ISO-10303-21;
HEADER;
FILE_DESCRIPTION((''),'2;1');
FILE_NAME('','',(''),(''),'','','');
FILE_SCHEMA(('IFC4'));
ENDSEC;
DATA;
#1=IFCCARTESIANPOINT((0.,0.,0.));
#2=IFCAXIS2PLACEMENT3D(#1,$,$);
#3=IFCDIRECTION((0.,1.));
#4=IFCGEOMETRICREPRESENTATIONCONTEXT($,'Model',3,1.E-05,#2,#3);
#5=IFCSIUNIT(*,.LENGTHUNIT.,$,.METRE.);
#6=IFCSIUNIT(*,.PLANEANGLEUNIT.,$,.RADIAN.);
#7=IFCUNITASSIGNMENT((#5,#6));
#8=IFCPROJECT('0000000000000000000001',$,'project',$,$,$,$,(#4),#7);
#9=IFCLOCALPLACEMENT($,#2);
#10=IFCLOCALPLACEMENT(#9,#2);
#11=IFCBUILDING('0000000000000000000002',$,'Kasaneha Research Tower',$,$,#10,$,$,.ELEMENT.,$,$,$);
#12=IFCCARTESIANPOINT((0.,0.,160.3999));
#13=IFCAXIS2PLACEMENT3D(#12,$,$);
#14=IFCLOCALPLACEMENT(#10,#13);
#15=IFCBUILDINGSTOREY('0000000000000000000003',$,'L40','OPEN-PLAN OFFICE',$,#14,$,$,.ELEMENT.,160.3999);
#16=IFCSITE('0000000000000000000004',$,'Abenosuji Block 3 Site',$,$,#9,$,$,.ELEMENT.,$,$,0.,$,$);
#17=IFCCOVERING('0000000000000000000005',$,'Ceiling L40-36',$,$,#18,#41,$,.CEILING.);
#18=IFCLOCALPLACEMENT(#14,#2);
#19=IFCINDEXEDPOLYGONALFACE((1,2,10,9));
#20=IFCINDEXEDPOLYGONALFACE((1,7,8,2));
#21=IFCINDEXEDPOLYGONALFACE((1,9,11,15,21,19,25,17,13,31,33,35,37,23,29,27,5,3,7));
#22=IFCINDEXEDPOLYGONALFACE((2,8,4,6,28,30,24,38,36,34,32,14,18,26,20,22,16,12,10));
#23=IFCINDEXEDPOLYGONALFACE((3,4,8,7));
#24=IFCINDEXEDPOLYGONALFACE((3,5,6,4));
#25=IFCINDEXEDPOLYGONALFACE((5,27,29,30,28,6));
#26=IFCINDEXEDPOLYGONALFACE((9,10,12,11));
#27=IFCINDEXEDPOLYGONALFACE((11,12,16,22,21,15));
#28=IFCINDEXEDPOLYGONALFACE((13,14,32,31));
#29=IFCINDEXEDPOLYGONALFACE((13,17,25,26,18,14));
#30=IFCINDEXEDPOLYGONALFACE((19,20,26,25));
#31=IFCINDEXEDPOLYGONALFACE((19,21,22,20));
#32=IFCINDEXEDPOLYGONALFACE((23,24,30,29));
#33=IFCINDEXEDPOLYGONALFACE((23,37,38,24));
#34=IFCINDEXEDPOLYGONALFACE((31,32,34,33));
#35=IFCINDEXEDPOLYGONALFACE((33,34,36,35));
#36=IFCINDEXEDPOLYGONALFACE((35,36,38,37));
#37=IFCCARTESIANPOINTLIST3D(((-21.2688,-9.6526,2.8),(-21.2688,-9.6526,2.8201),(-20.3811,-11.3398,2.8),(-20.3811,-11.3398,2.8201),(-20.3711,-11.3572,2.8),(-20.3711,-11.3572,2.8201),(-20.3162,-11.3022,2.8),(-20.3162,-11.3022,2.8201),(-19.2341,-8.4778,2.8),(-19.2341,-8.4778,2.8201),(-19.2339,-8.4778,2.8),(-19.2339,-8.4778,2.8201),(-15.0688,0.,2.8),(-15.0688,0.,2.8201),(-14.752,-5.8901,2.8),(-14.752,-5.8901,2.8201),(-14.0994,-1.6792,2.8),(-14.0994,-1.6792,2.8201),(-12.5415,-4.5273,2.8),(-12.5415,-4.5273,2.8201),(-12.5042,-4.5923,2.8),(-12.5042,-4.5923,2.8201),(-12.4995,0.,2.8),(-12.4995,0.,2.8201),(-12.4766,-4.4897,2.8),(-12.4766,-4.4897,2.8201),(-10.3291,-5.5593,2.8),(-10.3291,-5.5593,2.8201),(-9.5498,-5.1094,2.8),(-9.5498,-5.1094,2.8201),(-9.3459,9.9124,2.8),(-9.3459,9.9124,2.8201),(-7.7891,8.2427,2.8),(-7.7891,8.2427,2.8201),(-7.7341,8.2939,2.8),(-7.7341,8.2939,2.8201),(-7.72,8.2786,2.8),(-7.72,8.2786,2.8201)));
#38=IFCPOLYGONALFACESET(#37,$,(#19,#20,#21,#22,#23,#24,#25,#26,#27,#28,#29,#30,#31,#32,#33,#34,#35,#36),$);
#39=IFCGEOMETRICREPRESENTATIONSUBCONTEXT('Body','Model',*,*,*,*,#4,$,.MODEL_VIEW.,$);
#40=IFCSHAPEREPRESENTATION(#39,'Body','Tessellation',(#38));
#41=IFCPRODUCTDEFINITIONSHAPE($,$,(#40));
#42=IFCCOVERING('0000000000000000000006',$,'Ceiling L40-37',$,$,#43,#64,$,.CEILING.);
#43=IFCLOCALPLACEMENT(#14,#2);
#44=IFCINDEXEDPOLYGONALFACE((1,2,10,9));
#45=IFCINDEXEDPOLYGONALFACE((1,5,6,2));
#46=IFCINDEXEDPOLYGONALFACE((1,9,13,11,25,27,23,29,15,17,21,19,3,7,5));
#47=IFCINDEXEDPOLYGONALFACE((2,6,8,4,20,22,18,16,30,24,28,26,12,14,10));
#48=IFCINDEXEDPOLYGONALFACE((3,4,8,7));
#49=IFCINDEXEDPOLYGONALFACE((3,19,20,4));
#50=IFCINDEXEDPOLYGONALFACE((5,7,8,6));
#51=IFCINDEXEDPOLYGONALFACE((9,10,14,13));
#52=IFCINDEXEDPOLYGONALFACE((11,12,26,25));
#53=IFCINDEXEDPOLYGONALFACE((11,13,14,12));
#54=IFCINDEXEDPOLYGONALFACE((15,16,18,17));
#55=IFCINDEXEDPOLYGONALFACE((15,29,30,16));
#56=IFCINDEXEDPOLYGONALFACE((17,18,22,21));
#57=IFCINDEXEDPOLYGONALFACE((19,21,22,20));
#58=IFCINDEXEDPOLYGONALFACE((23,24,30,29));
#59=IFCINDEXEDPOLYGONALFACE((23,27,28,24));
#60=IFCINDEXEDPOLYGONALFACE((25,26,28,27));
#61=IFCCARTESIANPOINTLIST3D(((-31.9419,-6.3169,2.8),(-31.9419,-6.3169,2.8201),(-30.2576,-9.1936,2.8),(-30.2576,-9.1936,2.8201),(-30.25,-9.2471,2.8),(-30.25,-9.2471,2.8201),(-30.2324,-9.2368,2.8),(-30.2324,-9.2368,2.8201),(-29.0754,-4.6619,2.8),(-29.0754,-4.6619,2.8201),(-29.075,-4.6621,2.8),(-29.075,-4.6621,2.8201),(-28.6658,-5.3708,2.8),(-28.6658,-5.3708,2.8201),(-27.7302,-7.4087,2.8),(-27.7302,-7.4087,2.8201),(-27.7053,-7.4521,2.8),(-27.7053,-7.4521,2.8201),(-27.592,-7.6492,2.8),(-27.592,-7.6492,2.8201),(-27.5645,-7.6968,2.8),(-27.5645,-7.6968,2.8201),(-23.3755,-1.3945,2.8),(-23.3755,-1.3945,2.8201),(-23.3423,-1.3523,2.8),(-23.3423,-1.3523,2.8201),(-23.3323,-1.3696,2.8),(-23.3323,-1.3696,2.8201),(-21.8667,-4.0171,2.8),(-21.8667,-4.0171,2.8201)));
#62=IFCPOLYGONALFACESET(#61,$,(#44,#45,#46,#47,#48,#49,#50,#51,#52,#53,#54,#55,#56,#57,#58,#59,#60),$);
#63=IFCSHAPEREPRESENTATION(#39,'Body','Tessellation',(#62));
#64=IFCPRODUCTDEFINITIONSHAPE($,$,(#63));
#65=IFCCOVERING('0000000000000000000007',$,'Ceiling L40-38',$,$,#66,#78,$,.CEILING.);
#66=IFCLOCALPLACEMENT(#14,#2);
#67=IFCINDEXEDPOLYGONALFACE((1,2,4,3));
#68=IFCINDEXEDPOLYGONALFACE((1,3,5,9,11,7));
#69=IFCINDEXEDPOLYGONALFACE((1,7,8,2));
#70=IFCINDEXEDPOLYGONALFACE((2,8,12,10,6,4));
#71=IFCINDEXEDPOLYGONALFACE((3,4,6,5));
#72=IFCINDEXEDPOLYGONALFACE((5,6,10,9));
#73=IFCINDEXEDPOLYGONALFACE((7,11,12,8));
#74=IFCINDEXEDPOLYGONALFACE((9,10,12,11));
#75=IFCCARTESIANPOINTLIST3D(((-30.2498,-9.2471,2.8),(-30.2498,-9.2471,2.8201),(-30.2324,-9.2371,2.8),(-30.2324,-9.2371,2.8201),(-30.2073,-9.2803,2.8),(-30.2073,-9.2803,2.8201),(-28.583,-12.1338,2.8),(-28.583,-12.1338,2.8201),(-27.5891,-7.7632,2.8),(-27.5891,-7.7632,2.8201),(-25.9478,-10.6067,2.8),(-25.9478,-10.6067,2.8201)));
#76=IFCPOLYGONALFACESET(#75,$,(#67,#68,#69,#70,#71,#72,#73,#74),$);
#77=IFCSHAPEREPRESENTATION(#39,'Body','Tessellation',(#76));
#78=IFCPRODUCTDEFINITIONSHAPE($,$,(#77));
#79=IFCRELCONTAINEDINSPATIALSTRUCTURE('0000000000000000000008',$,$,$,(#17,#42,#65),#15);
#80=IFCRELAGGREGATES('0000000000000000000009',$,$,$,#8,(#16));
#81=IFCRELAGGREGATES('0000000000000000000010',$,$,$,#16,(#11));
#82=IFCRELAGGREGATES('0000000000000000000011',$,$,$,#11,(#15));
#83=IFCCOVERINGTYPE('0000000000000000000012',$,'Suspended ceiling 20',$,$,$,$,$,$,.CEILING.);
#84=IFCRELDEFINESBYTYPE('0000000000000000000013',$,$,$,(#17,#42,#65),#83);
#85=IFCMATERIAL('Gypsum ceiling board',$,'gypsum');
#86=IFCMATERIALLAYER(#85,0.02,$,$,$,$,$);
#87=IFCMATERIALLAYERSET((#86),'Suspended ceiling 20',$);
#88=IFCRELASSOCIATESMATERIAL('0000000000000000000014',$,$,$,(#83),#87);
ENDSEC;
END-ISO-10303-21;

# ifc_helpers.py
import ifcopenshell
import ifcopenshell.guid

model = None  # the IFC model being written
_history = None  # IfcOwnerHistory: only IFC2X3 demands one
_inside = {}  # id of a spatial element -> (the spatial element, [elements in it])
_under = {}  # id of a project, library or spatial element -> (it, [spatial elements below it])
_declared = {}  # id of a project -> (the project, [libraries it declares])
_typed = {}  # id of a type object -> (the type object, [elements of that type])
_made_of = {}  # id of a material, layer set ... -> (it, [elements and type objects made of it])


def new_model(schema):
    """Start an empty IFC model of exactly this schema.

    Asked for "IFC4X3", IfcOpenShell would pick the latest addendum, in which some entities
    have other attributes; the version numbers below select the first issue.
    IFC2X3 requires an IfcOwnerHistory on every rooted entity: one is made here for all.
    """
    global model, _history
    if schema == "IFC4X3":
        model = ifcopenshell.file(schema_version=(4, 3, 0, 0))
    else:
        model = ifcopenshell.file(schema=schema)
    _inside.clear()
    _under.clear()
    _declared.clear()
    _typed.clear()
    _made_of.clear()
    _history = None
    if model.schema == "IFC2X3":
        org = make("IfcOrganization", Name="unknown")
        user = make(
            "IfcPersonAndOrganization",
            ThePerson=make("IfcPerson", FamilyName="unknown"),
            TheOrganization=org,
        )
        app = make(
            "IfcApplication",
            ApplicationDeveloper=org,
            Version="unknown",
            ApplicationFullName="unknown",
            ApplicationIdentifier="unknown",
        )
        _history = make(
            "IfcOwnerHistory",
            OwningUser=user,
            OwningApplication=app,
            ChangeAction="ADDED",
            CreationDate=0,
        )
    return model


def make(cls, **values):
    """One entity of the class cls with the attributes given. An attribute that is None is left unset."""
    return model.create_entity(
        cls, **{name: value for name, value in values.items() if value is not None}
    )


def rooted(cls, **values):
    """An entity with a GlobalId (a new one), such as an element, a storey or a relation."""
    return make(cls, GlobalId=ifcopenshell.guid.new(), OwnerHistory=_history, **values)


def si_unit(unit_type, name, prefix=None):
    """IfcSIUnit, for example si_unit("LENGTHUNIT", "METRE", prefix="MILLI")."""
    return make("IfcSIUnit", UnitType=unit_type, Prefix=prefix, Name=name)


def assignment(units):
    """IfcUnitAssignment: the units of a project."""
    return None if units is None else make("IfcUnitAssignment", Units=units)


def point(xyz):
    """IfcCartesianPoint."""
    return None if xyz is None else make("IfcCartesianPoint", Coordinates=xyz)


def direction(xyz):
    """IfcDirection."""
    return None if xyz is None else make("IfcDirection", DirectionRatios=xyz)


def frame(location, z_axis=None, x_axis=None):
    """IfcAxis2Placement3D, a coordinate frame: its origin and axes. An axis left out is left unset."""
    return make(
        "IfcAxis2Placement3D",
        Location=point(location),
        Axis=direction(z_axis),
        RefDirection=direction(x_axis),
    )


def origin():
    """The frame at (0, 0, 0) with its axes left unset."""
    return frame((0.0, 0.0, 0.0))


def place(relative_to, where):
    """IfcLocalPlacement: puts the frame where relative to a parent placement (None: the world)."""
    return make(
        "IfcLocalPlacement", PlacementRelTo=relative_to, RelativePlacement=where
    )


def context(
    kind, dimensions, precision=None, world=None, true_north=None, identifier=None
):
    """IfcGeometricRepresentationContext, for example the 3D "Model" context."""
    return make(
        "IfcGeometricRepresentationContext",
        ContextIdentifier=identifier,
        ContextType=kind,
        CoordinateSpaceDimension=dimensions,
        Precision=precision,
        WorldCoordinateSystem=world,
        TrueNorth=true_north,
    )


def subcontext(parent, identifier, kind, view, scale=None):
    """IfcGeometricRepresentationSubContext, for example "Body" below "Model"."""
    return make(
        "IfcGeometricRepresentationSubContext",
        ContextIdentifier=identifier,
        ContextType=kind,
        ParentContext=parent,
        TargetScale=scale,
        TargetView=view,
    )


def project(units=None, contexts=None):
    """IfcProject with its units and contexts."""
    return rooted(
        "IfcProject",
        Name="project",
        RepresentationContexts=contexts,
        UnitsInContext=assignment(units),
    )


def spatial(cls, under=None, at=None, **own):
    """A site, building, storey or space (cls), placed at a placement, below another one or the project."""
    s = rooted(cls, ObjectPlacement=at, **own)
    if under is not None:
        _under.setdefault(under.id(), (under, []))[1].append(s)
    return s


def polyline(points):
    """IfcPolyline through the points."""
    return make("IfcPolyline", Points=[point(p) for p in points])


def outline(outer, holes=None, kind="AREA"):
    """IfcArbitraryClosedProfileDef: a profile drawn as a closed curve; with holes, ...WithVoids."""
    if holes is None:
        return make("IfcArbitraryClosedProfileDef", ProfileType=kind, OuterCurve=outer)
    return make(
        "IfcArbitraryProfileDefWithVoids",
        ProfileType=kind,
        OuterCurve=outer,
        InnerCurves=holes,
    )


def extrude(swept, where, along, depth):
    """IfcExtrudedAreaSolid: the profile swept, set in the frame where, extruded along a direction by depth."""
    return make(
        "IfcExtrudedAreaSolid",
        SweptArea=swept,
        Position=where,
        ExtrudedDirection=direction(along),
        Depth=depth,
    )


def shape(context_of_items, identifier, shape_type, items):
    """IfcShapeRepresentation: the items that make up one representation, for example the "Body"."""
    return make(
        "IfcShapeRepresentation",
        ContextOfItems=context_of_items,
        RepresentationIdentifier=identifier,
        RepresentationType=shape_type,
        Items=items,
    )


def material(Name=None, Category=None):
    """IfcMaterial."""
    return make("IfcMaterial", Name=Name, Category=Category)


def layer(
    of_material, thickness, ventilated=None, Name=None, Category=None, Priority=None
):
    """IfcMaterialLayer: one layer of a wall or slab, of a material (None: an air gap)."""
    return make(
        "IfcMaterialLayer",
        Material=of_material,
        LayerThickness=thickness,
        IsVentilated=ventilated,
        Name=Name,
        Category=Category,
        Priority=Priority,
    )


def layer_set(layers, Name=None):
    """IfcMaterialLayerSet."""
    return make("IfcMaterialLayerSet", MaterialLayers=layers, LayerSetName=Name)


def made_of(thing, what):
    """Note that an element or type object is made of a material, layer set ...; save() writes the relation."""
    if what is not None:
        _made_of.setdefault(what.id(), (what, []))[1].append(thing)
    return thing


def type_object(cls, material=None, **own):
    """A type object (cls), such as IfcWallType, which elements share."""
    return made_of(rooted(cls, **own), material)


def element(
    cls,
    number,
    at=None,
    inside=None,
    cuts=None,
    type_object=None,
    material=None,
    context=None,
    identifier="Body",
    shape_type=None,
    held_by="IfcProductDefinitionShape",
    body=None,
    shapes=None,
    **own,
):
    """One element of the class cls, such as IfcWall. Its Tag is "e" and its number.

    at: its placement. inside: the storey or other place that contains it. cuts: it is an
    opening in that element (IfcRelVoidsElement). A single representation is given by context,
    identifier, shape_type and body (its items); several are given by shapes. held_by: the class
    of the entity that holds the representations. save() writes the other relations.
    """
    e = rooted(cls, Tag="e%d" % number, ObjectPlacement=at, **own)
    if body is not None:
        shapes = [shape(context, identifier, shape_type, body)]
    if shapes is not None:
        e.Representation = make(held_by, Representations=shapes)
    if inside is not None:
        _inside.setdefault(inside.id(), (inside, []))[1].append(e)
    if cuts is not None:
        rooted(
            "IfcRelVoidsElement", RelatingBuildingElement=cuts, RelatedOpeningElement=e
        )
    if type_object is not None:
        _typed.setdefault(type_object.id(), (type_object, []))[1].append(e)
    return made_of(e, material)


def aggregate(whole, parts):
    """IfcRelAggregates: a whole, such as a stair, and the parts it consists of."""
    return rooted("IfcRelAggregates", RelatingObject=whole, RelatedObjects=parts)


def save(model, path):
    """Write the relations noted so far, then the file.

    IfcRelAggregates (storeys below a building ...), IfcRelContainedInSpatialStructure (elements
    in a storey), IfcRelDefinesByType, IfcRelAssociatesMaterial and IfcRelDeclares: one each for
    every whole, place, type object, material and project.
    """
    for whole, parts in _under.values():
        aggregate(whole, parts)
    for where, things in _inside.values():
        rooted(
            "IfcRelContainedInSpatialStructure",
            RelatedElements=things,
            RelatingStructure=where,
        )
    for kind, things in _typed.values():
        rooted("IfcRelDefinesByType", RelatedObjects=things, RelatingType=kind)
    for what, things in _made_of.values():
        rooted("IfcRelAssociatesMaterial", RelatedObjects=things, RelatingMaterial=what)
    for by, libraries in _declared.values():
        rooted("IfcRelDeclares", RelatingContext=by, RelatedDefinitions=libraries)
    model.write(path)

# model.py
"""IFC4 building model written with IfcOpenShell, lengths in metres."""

from ifc_helpers import new_model, si_unit, direction, frame, origin, place, context, subcontext, project, spatial, polyline, outline, extrude, material, layer, layer_set, type_object, element, save


model = new_model("IFC4")

# Units and contexts
model_context = context("Model", 3, precision=1e-05, world=origin(), true_north=direction((0.0, 1.0)))
body_context = subcontext(model_context, "Body", "Model", "MODEL_VIEW")
ifc_project = project(units=[si_unit("LENGTHUNIT", "METRE"), si_unit("PLANEANGLEUNIT", "RADIAN")], contexts=[model_context])

# Site, building, storey
site_placement = place(None, origin())
site = spatial("IfcSite", under=ifc_project, at=site_placement, Name="Abenosuji Block 3 Site", CompositionType="ELEMENT", RefElevation=0.0)
building_placement = place(site_placement, origin())
building = spatial("IfcBuilding", under=site, at=building_placement, Name="Kasaneha Research Tower", CompositionType="ELEMENT")
storey_placement = place(building_placement, frame((0.0, 0.0, 160.3999)))
storey = spatial("IfcBuildingStorey", under=building, at=storey_placement, Name="L40", Description="OPEN-PLAN OFFICE", CompositionType="ELEMENT", Elevation=160.3999)

# Coverings
ifc_material_1 = material(Name="Gypsum ceiling board", Category="gypsum")
ifc_layer_1 = layer(ifc_material_1, 0.02)
ifc_layer_set_1 = layer_set([ifc_layer_1], Name="Suspended ceiling 20")
covering_type_1 = type_object("IfcCoveringType", Name="Suspended ceiling 20", PredefinedType="CEILING", material=ifc_layer_set_1)
covering_1_placement = place(storey_placement, frame((0.0, 0.0, 2.8)))
element("IfcCovering", 1, at=covering_1_placement, inside=storey, type_object=covering_type_1, Name="Ceiling L40-36", PredefinedType="CEILING", context=body_context, shape_type="SweptSolid", body=[
    extrude(outline(polyline([(-9.5498, -5.1094), (-10.3291, -5.5593), (-10.3291, -5.5593), (-20.3711, -11.3572), (-20.3811, -11.3398), (-20.3162, -11.3022), (-21.2688, -9.6526), (-19.2341, -8.4778), (-19.2339, -8.4778), (-14.752, -5.8901), (-14.752, -5.8901), (-12.5042, -4.5923), (-12.5415, -4.5273), (-12.4766, -4.4897), (-14.0994, -1.6792), (-14.0994, -1.6792), (-15.0688, 0.0), (-9.3459, 9.9124), (-7.7891, 8.2427), (-7.7341, 8.2939), (-7.72, 8.2786), (-12.4995, 0.0), (-9.5498, -5.1094)])), origin(), (0.0, 0.0, 1.0), 0.02),
])
covering_2_placement = place(storey_placement, frame((0.0, 0.0, 2.8)))
element("IfcCovering", 2, at=covering_2_placement, inside=storey, type_object=covering_type_1, Name="Ceiling L40-37", PredefinedType="CEILING", context=body_context, shape_type="SweptSolid", body=[
    extrude(outline(polyline([(-23.3323, -1.3696), (-23.3755, -1.3945), (-21.8667, -4.0171), (-27.7302, -7.4087), (-27.7053, -7.4521), (-27.7053, -7.4521), (-27.5645, -7.6968), (-27.5645, -7.6968), (-27.592, -7.6492), (-30.2576, -9.1936), (-30.2324, -9.2368), (-30.25, -9.2471), (-31.9419, -6.3169), (-29.0754, -4.6619), (-28.6658, -5.3708), (-29.075, -4.6621), (-23.3423, -1.3523), (-23.3323, -1.3696)])), origin(), (0.0, 0.0, 1.0), 0.02),
])
covering_3_placement = place(storey_placement, frame((0.0, 0.0, 2.8)))
element("IfcCovering", 3, at=covering_3_placement, inside=storey, type_object=covering_type_1, Name="Ceiling L40-38", PredefinedType="CEILING", context=body_context, shape_type="SweptSolid", body=[
    extrude(outline(polyline([(-30.2498, -9.2471), (-30.2324, -9.2371), (-30.2073, -9.2803), (-27.5891, -7.7632), (-25.9478, -10.6067), (-28.583, -12.1338), (-30.2498, -9.2471)])), origin(), (0.0, 0.0, 1.0), 0.02),
])

save(model, "model.ifc")
